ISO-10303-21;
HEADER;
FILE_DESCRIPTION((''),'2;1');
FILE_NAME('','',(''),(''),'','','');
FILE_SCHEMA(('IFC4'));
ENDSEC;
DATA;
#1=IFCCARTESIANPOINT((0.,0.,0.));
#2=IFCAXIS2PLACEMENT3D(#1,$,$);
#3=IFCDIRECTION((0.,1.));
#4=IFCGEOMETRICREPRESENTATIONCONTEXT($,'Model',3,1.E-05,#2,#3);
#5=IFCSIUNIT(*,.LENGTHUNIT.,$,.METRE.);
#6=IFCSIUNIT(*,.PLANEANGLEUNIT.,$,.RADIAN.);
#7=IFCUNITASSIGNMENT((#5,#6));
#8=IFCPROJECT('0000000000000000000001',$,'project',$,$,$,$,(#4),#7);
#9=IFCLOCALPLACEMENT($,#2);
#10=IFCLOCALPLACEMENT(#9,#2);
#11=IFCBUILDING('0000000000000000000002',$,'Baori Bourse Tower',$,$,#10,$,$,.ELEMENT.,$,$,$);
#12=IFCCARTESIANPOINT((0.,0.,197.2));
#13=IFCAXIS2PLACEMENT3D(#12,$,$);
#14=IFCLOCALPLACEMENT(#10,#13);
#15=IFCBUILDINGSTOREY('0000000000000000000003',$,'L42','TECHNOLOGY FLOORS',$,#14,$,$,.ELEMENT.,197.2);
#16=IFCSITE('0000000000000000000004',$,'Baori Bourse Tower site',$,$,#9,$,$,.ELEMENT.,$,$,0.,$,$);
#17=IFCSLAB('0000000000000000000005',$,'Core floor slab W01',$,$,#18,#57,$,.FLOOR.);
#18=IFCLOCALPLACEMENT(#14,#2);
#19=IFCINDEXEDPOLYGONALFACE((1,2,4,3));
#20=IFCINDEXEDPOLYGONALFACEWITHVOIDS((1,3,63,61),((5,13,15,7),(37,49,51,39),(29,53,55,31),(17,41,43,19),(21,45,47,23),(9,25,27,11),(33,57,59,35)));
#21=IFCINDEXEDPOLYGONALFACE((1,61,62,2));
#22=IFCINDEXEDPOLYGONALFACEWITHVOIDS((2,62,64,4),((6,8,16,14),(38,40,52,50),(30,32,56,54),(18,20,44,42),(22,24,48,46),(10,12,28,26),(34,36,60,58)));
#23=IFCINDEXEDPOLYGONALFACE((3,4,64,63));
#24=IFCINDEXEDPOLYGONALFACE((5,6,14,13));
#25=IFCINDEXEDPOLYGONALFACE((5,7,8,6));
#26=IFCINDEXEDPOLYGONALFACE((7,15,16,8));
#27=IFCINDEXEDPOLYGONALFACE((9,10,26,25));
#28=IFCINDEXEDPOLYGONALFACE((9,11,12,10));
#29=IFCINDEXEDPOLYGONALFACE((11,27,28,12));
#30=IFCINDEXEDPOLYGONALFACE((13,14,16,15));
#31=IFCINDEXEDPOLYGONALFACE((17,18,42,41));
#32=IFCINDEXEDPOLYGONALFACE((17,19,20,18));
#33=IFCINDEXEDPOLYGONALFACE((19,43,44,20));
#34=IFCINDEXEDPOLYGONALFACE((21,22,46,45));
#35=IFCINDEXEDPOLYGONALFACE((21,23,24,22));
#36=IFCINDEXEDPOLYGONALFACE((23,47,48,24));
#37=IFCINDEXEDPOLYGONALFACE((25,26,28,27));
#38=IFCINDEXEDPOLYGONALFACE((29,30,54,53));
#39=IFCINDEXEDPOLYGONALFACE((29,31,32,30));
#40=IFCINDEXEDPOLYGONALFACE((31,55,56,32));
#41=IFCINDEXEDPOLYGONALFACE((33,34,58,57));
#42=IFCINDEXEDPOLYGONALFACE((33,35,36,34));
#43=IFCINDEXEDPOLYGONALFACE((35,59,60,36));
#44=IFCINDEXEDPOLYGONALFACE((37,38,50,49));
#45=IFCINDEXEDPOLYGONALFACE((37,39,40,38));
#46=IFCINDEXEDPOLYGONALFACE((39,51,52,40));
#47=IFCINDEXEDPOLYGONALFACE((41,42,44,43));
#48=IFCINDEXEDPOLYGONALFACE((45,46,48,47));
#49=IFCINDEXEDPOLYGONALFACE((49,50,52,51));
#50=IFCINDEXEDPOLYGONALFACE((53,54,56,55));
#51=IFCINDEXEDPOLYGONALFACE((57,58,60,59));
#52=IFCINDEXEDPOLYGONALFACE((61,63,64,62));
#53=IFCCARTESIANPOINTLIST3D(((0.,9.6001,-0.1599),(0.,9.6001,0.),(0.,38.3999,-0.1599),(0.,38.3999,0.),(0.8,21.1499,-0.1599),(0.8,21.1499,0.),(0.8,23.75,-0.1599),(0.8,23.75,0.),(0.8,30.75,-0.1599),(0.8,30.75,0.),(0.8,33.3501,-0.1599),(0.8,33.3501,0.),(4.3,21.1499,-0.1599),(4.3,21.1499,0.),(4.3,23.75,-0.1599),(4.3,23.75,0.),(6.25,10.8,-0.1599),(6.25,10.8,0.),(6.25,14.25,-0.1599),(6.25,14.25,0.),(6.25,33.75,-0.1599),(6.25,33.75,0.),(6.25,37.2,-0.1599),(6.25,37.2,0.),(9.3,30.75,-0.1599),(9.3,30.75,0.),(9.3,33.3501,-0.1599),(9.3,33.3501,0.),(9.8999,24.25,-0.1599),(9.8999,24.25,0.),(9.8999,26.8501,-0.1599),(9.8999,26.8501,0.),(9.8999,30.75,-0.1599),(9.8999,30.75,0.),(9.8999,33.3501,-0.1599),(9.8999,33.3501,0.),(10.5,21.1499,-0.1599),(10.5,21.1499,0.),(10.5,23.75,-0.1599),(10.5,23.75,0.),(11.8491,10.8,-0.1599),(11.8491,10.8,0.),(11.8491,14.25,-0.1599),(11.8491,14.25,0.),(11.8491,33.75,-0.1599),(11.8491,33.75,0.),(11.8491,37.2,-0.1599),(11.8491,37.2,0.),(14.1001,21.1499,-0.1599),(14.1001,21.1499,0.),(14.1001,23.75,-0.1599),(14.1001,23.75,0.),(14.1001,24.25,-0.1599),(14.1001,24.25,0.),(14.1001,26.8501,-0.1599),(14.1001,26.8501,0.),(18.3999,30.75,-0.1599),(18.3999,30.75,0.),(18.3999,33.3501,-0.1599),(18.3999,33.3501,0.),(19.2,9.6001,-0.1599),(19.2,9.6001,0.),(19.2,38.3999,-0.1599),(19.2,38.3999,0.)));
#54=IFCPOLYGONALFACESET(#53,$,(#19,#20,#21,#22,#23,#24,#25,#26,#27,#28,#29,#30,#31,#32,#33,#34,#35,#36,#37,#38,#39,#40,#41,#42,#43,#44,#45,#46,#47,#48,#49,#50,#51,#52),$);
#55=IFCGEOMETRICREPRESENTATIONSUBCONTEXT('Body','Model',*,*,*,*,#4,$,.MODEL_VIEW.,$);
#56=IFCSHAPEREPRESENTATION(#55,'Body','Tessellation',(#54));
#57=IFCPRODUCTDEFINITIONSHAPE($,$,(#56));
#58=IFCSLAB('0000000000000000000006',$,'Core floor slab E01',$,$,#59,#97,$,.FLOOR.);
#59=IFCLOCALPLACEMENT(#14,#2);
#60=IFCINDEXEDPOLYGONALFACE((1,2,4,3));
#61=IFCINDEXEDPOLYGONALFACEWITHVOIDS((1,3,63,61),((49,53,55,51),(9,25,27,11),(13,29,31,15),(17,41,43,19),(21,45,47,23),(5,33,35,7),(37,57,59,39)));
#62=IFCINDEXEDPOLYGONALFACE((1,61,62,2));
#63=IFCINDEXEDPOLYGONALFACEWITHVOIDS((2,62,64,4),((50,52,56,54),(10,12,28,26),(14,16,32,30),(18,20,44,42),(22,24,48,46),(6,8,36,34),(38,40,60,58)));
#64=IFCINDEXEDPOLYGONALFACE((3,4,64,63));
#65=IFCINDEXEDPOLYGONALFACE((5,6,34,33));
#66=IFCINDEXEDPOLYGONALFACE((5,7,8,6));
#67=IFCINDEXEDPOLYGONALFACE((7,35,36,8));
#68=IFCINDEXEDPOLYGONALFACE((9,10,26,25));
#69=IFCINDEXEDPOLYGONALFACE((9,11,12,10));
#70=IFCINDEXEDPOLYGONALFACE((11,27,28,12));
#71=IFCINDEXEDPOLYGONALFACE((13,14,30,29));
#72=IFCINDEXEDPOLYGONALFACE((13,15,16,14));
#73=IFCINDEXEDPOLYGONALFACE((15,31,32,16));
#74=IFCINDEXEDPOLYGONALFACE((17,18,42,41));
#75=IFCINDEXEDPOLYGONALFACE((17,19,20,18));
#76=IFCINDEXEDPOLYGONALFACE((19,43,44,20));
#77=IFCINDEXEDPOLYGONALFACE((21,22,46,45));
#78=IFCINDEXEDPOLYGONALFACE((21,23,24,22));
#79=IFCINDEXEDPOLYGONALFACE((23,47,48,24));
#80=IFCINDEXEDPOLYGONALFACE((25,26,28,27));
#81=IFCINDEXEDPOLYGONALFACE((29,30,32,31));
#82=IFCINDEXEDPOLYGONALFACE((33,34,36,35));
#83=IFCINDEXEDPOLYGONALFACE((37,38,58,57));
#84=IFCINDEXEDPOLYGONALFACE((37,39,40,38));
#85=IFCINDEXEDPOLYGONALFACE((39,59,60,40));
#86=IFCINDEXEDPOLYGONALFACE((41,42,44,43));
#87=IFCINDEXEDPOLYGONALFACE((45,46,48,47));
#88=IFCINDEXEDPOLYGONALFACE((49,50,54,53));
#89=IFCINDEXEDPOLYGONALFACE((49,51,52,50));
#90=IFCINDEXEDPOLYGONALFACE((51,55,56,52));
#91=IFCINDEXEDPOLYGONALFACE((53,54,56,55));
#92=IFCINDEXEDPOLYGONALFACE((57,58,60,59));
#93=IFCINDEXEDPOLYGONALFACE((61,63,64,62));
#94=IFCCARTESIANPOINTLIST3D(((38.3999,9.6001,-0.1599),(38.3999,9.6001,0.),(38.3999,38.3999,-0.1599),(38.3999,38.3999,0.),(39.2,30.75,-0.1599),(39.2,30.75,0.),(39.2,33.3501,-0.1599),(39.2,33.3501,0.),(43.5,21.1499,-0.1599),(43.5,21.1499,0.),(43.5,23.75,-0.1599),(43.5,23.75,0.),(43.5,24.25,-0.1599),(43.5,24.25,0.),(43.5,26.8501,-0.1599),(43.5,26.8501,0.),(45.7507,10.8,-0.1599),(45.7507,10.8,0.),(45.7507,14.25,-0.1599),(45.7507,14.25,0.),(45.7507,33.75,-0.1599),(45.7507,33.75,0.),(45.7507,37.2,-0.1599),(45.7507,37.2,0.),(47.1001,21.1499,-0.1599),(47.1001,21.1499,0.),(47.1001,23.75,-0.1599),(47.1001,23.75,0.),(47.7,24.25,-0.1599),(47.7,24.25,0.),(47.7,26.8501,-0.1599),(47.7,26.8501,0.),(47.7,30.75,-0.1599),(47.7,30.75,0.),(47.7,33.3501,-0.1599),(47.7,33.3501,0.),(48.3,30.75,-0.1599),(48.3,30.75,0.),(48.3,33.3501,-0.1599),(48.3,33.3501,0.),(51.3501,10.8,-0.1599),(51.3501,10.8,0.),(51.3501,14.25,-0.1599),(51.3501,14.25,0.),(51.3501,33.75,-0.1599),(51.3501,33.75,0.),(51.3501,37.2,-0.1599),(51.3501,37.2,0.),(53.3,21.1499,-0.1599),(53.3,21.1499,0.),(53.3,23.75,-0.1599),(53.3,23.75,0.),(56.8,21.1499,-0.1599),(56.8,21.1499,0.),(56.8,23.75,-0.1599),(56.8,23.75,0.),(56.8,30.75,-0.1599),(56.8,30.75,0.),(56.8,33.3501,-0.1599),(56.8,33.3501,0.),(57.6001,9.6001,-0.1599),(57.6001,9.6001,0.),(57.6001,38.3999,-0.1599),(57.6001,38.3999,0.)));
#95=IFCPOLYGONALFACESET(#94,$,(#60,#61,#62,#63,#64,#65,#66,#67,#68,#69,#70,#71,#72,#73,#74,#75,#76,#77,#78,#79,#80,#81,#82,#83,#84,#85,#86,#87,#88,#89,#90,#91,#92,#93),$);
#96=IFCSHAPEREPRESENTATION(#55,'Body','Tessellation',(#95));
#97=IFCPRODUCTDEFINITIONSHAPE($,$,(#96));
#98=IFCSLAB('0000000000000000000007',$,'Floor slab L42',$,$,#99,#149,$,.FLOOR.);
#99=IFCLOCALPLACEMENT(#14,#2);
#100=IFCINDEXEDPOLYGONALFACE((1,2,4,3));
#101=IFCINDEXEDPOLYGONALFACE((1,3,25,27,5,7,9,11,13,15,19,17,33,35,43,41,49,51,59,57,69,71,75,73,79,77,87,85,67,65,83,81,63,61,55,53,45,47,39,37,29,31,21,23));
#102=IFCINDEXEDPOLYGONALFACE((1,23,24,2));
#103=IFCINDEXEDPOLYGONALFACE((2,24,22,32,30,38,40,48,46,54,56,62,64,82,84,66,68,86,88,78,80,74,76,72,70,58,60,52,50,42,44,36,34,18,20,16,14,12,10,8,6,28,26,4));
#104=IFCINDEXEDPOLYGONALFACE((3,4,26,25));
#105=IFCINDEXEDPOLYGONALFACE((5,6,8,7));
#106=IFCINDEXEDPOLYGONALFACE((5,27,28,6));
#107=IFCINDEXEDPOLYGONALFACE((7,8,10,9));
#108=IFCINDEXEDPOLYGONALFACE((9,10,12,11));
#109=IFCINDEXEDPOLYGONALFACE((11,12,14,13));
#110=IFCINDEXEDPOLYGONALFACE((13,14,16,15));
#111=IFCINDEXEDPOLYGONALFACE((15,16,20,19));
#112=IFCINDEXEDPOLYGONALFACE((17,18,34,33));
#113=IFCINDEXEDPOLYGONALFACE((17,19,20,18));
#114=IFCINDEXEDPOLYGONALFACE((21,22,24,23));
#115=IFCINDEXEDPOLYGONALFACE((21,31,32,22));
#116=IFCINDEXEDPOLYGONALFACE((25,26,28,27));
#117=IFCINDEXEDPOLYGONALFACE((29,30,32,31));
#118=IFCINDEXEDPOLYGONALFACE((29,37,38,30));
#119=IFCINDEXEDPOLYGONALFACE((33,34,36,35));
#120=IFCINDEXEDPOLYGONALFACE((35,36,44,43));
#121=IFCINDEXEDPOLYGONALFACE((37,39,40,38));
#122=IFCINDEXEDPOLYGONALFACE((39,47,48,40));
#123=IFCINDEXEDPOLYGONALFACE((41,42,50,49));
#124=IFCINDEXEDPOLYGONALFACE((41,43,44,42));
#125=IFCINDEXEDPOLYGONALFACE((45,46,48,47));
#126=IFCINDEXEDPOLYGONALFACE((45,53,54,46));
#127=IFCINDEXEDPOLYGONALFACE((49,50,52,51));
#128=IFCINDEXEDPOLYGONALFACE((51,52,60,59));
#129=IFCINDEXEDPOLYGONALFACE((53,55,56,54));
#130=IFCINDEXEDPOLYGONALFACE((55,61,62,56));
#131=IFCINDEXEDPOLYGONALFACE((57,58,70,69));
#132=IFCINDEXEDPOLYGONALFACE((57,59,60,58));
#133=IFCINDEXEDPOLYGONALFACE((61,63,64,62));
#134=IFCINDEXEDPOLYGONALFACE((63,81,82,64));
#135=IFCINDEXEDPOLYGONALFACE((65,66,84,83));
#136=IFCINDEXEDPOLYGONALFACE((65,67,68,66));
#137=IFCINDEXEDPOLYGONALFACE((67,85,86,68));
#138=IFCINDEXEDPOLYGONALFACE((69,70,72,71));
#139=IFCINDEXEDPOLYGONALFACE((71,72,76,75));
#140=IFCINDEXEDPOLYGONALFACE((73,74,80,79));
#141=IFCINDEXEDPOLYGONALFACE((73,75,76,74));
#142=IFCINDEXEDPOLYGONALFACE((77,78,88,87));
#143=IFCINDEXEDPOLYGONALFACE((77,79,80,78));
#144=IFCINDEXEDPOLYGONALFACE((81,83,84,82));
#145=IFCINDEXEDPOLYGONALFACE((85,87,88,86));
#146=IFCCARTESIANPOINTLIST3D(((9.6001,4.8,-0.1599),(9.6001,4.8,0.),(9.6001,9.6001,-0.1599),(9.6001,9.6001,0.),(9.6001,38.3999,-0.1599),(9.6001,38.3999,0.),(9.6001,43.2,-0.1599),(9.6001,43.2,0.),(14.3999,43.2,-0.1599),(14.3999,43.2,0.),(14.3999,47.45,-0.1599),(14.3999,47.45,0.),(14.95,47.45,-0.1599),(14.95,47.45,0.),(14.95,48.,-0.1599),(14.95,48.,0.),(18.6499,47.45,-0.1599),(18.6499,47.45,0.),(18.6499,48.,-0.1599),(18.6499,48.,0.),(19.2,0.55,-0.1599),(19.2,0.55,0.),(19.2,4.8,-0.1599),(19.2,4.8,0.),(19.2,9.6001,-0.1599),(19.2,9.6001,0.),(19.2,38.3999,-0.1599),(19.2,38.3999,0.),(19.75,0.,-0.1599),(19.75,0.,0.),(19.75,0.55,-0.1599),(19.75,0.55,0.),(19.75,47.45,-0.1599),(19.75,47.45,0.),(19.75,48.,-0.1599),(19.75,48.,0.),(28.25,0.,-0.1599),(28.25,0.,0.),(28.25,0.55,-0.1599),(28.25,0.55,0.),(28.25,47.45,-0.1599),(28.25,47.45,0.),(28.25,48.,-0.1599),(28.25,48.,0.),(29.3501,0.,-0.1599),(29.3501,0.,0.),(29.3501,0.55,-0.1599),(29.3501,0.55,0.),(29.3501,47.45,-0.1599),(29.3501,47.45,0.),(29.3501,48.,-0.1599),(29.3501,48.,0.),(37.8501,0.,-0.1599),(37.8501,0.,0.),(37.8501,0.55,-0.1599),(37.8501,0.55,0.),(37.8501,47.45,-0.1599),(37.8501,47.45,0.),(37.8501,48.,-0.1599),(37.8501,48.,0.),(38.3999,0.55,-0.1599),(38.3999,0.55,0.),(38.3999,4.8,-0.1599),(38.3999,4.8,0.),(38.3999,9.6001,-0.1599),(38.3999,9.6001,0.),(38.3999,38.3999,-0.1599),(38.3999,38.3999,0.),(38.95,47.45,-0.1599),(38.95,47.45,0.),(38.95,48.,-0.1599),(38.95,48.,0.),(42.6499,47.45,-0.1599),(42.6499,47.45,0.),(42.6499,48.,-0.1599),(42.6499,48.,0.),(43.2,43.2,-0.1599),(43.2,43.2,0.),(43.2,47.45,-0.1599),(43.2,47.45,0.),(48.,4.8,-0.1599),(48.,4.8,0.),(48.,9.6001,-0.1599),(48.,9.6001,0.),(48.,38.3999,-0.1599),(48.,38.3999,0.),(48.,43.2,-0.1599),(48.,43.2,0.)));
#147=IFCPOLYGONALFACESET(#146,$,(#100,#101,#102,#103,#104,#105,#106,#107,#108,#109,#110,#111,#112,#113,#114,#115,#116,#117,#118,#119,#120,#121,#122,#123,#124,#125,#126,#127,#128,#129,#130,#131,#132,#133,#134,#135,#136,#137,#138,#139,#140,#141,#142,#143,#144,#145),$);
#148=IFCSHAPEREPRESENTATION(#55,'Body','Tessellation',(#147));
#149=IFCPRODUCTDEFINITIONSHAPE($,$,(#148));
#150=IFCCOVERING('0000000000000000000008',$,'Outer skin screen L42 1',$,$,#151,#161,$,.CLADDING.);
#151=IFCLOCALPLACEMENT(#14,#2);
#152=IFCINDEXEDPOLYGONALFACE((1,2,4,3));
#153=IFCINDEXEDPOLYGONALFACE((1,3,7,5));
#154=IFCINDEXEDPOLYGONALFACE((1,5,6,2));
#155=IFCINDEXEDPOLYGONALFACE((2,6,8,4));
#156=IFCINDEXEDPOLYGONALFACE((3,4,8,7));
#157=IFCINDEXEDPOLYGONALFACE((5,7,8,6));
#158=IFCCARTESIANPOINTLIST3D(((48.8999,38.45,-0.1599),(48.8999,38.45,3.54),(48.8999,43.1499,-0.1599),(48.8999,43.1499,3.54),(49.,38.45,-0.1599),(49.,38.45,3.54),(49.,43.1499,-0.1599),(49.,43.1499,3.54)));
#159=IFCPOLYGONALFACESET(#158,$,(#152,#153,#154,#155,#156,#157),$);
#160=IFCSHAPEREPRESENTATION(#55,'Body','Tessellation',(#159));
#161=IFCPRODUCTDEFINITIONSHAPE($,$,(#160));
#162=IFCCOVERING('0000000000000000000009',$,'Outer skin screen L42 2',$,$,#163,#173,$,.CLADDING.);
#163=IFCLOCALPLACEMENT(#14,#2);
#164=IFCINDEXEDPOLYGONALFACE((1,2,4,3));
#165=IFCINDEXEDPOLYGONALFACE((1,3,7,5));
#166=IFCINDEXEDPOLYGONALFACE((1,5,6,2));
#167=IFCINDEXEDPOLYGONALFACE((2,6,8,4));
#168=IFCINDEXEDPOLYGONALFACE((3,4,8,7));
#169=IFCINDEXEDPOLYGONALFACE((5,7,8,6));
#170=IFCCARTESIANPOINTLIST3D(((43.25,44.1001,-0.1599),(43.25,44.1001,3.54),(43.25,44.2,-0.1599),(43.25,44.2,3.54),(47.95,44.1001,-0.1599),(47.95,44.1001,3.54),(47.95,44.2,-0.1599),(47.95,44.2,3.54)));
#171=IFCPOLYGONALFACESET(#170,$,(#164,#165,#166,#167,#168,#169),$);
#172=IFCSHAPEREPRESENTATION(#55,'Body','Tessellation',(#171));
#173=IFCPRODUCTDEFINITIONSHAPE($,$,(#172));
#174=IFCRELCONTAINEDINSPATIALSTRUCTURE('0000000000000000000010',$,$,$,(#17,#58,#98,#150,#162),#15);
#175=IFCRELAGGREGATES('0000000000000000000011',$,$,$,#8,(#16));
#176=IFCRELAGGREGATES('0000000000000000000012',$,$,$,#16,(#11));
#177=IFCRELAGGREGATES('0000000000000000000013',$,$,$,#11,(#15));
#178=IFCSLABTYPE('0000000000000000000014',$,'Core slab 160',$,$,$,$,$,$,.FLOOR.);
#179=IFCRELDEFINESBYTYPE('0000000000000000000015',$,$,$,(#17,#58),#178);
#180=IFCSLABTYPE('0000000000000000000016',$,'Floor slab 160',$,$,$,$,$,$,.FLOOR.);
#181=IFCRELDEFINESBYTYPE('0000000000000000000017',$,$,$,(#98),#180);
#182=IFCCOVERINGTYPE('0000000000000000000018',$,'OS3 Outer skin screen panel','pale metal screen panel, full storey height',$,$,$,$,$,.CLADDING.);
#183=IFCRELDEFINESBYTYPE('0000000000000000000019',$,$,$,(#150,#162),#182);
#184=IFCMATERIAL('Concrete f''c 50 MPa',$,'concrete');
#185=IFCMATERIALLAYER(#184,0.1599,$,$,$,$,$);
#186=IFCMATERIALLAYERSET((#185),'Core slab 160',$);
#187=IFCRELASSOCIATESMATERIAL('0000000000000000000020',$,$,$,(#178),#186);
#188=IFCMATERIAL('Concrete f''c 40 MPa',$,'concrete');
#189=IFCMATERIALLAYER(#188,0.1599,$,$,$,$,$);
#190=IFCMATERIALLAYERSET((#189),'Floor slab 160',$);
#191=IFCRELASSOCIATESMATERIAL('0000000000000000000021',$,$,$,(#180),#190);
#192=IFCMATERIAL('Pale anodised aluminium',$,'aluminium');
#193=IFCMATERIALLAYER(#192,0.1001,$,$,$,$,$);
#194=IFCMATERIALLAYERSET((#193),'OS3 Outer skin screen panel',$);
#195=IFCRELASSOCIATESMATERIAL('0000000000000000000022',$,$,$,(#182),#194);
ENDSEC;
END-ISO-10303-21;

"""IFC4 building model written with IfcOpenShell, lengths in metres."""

from ifc_helpers import new_model, si_unit, direction, frame, origin, place, context, subcontext, project, spatial, polyline, outline, extrude, material, layer, layer_set, type_object, element, save


model = new_model("IFC4")

# Units and contexts
model_context = context("Model", 3, precision=1e-05, world=origin(), true_north=direction((0.0, 1.0)))
body_context = subcontext(model_context, "Body", "Model", "MODEL_VIEW")
ifc_project = project(units=[si_unit("LENGTHUNIT", "METRE"), si_unit("PLANEANGLEUNIT", "RADIAN")], contexts=[model_context])

# Site, building, storey
site_placement = place(None, origin())
site = spatial("IfcSite", under=ifc_project, at=site_placement, Name="Baori Bourse Tower site", CompositionType="ELEMENT", RefElevation=0.0)
building_placement = place(site_placement, origin())
building = spatial("IfcBuilding", under=site, at=building_placement, Name="Baori Bourse Tower", CompositionType="ELEMENT")
storey_placement = place(building_placement, frame((0.0, 0.0, 197.2)))
storey = spatial("IfcBuildingStorey", under=building, at=storey_placement, Name="L42", Description="TECHNOLOGY FLOORS", CompositionType="ELEMENT", Elevation=197.2)

# Slabs
ifc_material_1 = material(Name="Concrete f'c 50 MPa", Category="concrete")
ifc_layer_1 = layer(ifc_material_1, 0.1599)
ifc_layer_set_1 = layer_set([ifc_layer_1], Name="Core slab 160")
slab_type_1 = type_object("IfcSlabType", Name="Core slab 160", PredefinedType="FLOOR", material=ifc_layer_set_1)
slab_1_placement = place(storey_placement, frame((0.0, 0.0, -0.1599)))
element("IfcSlab", 1, at=slab_1_placement, inside=storey, type_object=slab_type_1, Name="Core floor slab W01", PredefinedType="FLOOR", context=body_context, shape_type="SweptSolid", body=[
    extrude(outline(polyline([(19.2, 38.3999), (0.0, 38.3999), (0.0, 9.6001), (19.2, 9.6001), (19.2, 38.3999)]), holes=[polyline([(9.8999, 33.3501), (18.3999, 33.3501), (18.3999, 30.75), (9.8999, 30.75), (9.8999, 33.3501)]), polyline([(10.5, 21.1499), (10.5, 23.75), (14.1001, 23.75), (14.1001, 21.1499), (10.5, 21.1499)]), polyline([(14.1001, 24.25), (9.8999, 24.25), (9.8999, 26.8501), (14.1001, 26.8501), (14.1001, 24.25)]), polyline([(6.25, 14.25), (11.8491, 14.25), (11.8491, 10.8), (6.25, 10.8), (6.25, 14.25)]), polyline([(11.8491, 37.2), (11.8491, 33.75), (6.25, 33.75), (6.25, 37.2), (11.8491, 37.2)]), polyline([(0.8, 30.75), (0.8, 33.3501), (9.3, 33.3501), (9.3, 30.75), (0.8, 30.75)]), polyline([(4.3, 23.75), (4.3, 21.1499), (0.8, 21.1499), (0.8, 23.75), (4.3, 23.75)])]), origin(), (0.0, 0.0, 1.0), 0.1599),
])
slab_2_placement = place(storey_placement, frame((0.0, 0.0, -0.1599)))
element("IfcSlab", 2, at=slab_2_placement, inside=storey, type_object=slab_type_1, Name="Core floor slab E01", PredefinedType="FLOOR", context=body_context, shape_type="SweptSolid", body=[
    extrude(outline(polyline([(57.6001, 9.6001), (57.6001, 38.3999), (38.3999, 38.3999), (38.3999, 9.6001), (57.6001, 9.6001)]), holes=[polyline([(48.3, 33.3501), (56.8, 33.3501), (56.8, 30.75), (48.3, 30.75), (48.3, 33.3501)]), polyline([(56.8, 21.1499), (53.3, 21.1499), (53.3, 23.75), (56.8, 23.75), (56.8, 21.1499)]), polyline([(45.7507, 14.25), (51.3501, 14.25), (51.3501, 10.8), (45.7507, 10.8), (45.7507, 14.25)]), polyline([(51.3501, 37.2), (51.3501, 33.75), (45.7507, 33.75), (45.7507, 37.2), (51.3501, 37.2)]), polyline([(43.5, 24.25), (43.5, 26.8501), (47.7, 26.8501), (47.7, 24.25), (43.5, 24.25)]), polyline([(47.7, 33.3501), (47.7, 30.75), (39.2, 30.75), (39.2, 33.3501), (47.7, 33.3501)]), polyline([(43.5, 23.75), (47.1001, 23.75), (47.1001, 21.1499), (43.5, 21.1499), (43.5, 23.75)])]), origin(), (0.0, 0.0, 1.0), 0.1599),
])
ifc_material_2 = material(Name="Concrete f'c 40 MPa", Category="concrete")
ifc_layer_2 = layer(ifc_material_2, 0.1599)
ifc_layer_set_2 = layer_set([ifc_layer_2], Name="Floor slab 160")
slab_type_2 = type_object("IfcSlabType", Name="Floor slab 160", PredefinedType="FLOOR", material=ifc_layer_set_2)
slab_3_placement = place(storey_placement, frame((0.0, 0.0, -0.1599)))
element("IfcSlab", 3, at=slab_3_placement, inside=storey, type_object=slab_type_2, Name="Floor slab L42", PredefinedType="FLOOR", context=body_context, shape_type="SweptSolid", body=[
    extrude(outline(polyline([(19.2, 4.8), (9.6001, 4.8), (9.6001, 9.6001), (19.2, 9.6001), (19.2, 38.3999), (9.6001, 38.3999), (9.6001, 43.2), (14.3999, 43.2), (14.3999, 47.45), (14.95, 47.45), (14.95, 48.0), (18.6499, 48.0), (18.6499, 47.45), (19.75, 47.45), (19.75, 48.0), (28.25, 48.0), (28.25, 47.45), (29.3501, 47.45), (29.3501, 48.0), (37.8501, 48.0), (37.8501, 47.45), (38.95, 47.45), (38.95, 48.0), (42.6499, 48.0), (42.6499, 47.45), (43.2, 47.45), (43.2, 43.2), (48.0, 43.2), (48.0, 38.3999), (38.3999, 38.3999), (38.3999, 9.6001), (48.0, 9.6001), (48.0, 4.8), (38.3999, 4.8), (38.3999, 0.55), (37.8501, 0.55), (37.8501, 0.0), (29.3501, 0.0), (29.3501, 0.55), (28.25, 0.55), (28.25, 0.0), (19.75, 0.0), (19.75, 0.55), (19.2, 0.55), (19.2, 4.8)])), origin(), (0.0, 0.0, 1.0), 0.1599),
])

# Coverings
ifc_material_3 = material(Name="Pale anodised aluminium", Category="aluminium")
ifc_layer_3 = layer(ifc_material_3, 0.1001)
ifc_layer_set_3 = layer_set([ifc_layer_3], Name="OS3 Outer skin screen panel")
covering_type = type_object("IfcCoveringType", Name="OS3 Outer skin screen panel", Description="pale metal screen panel, full storey height", PredefinedType="CLADDING", material=ifc_layer_set_3)
covering_1_placement = place(storey_placement, frame((0.0, 0.0, -0.1599)))
element("IfcCovering", 4, at=covering_1_placement, inside=storey, type_object=covering_type, Name="Outer skin screen L42 1", PredefinedType="CLADDING", context=body_context, shape_type="SweptSolid", body=[
    extrude(outline(polyline([(48.8999, 43.1499), (48.8999, 38.45), (49.0, 38.45), (49.0, 43.1499), (48.8999, 43.1499)])), origin(), (0.0, 0.0, 1.0), 3.7),
])
covering_2_placement = place(storey_placement, frame((0.0, 0.0, -0.1599)))
element("IfcCovering", 5, at=covering_2_placement, inside=storey, type_object=covering_type, Name="Outer skin screen L42 2", PredefinedType="CLADDING", context=body_context, shape_type="SweptSolid", body=[
    extrude(outline(polyline([(43.25, 44.1001), (47.95, 44.1001), (47.95, 44.2), (43.25, 44.2), (43.25, 44.1001)])), origin(), (0.0, 0.0, 1.0), 3.7),
])

save(model, "model.ifc")
